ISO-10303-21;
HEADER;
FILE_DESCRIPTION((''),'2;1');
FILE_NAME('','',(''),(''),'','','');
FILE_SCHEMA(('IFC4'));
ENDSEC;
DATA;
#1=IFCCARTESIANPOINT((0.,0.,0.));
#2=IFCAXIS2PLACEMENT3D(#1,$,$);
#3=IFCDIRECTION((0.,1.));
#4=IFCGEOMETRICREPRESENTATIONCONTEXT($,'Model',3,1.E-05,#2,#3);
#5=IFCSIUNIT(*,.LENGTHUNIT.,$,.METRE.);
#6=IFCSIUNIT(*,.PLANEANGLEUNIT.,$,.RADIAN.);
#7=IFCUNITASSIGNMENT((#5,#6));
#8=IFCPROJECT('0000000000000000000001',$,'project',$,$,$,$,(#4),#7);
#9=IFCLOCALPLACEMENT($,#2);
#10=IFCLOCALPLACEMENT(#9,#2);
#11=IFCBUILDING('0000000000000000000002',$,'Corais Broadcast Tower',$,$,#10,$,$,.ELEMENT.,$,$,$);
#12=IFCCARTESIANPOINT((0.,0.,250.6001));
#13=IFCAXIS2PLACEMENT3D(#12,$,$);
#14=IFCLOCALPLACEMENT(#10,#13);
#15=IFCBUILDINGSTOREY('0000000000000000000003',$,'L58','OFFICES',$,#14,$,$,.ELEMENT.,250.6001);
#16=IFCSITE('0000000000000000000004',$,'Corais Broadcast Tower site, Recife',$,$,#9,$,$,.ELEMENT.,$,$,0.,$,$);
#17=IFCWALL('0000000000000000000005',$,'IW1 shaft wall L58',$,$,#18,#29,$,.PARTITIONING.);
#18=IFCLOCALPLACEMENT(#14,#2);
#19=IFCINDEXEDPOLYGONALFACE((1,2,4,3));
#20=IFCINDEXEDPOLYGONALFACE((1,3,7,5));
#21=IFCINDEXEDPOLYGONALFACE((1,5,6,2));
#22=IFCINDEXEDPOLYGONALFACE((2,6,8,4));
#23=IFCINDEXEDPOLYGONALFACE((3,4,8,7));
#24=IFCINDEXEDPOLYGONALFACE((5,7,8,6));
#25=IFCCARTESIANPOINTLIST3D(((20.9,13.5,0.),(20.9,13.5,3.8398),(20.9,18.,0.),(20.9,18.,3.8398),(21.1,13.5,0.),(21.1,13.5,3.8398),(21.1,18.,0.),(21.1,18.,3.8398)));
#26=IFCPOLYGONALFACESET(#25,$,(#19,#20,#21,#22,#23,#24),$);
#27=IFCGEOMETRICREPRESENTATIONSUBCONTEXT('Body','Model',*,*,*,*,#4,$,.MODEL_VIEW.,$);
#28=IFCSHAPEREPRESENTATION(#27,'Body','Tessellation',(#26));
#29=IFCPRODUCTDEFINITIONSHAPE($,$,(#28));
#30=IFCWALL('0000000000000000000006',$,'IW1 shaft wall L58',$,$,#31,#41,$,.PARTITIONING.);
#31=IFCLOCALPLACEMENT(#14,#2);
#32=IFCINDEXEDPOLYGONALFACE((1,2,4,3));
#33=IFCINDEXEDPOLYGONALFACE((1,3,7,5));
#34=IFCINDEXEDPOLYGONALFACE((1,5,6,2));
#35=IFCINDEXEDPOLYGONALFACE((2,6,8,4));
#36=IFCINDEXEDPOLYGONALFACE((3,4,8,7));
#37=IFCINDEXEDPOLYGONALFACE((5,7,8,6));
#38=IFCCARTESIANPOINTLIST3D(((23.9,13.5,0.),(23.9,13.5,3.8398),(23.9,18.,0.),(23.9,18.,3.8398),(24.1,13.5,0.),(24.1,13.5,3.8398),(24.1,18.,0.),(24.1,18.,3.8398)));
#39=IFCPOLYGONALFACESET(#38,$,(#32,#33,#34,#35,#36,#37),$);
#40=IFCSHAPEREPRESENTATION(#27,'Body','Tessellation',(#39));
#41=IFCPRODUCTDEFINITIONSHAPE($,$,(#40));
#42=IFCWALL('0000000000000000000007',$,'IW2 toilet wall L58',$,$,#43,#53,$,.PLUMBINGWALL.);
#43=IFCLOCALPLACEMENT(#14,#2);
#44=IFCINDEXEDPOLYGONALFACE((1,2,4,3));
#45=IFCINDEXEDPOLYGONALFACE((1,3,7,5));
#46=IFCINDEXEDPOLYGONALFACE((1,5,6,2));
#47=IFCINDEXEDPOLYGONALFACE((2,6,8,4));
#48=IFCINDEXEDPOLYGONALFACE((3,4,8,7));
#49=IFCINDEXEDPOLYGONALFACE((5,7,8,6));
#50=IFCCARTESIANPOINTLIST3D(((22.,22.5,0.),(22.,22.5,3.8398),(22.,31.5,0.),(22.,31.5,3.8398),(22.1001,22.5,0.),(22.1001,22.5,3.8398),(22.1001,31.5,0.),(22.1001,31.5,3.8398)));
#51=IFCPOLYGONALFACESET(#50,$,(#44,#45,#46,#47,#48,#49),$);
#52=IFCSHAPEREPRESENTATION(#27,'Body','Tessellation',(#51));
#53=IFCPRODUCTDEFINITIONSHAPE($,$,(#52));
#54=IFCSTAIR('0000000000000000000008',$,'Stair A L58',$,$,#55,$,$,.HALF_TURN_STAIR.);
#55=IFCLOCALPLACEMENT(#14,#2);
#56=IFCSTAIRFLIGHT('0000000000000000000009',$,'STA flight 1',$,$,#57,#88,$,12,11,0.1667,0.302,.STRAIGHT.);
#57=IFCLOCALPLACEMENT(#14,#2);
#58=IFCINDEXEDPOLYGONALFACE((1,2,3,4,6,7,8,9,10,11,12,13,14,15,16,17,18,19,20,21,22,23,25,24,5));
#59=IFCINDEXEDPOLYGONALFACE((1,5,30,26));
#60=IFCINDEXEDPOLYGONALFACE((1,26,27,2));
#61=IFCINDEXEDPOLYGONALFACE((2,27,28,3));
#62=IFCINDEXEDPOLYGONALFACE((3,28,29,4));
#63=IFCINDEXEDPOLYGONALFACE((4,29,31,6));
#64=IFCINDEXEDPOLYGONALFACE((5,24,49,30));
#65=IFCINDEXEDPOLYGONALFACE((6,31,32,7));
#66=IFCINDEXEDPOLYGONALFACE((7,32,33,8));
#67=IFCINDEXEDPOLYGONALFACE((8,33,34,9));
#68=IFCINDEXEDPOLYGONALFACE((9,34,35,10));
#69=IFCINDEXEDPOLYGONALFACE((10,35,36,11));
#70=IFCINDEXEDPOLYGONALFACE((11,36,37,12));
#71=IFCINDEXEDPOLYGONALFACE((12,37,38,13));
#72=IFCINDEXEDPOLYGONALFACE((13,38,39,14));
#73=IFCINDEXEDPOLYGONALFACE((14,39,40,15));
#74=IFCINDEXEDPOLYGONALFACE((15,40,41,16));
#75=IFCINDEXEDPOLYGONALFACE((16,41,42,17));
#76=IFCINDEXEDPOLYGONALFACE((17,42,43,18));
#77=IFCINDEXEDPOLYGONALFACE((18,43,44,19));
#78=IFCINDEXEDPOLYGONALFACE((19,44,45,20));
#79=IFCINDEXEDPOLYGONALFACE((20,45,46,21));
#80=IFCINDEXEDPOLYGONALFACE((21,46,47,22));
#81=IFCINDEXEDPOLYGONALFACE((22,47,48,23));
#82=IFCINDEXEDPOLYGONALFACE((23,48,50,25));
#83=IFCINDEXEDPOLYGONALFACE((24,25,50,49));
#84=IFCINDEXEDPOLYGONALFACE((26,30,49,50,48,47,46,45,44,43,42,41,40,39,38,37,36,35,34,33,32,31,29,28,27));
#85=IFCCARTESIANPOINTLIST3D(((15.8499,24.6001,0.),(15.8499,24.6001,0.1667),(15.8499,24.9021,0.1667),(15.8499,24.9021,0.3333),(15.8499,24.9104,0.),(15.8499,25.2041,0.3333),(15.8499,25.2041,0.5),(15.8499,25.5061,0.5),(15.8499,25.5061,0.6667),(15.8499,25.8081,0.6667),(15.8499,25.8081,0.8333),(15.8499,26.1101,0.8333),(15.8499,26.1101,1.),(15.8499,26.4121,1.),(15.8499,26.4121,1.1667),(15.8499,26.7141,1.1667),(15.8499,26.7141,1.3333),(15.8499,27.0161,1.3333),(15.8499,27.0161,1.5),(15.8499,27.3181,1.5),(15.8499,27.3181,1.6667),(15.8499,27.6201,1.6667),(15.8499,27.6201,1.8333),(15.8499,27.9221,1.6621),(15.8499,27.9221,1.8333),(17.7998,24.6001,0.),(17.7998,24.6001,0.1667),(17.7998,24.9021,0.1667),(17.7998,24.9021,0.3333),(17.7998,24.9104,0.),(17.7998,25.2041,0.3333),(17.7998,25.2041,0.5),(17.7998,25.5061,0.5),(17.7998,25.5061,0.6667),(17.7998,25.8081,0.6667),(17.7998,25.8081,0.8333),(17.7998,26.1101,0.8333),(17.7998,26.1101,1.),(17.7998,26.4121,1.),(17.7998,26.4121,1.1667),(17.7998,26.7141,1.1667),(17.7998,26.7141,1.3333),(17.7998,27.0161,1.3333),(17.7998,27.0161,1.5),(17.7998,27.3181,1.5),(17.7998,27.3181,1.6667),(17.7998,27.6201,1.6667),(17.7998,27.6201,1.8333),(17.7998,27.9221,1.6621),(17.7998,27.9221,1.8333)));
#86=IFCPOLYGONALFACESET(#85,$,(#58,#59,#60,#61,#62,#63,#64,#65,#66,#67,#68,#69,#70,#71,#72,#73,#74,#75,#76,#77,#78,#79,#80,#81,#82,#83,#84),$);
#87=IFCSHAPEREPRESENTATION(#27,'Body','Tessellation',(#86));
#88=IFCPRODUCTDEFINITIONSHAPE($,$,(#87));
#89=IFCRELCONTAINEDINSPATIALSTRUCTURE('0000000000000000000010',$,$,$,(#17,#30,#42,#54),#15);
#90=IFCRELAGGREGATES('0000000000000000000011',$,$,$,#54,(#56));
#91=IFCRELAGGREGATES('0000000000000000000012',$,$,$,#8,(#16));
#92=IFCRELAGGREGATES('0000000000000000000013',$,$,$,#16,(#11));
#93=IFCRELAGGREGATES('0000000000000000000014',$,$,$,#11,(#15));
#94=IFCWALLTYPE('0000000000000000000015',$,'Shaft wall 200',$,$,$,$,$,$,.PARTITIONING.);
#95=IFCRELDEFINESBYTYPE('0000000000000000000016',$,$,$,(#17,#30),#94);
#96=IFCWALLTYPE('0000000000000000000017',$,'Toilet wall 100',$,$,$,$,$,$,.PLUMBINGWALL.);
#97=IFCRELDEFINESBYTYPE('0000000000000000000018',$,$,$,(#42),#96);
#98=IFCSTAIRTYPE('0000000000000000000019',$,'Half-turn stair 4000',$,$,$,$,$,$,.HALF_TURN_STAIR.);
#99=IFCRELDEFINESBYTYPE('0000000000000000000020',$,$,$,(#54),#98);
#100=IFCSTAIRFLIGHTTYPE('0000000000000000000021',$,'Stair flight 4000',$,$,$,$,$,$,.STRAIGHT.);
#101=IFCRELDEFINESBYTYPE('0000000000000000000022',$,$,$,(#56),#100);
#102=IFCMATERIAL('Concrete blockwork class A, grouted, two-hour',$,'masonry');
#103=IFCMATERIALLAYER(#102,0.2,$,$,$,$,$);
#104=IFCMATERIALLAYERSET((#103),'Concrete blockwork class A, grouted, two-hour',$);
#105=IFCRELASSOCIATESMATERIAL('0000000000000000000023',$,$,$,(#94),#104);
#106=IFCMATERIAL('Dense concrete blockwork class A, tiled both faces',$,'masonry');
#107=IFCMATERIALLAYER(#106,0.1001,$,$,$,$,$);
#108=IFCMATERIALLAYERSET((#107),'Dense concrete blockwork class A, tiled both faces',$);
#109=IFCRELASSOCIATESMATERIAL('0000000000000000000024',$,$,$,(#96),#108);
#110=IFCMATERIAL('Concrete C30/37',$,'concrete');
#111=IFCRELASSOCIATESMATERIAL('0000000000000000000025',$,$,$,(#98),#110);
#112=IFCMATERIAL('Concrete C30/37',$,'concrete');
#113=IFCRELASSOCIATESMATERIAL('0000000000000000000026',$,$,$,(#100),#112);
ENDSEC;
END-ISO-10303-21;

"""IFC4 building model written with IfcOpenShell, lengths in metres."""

from ifc_helpers import new_model, si_unit, direction, frame, frame_2d, origin, place, context, subcontext, project, spatial, polyline, rectangle, outline, extrude, material, layer, layer_set, type_object, element, aggregate, save


model = new_model("IFC4")

# Units and contexts
model_context = context("Model", 3, precision=1e-05, world=origin(), true_north=direction((0.0, 1.0)))
body_context = subcontext(model_context, "Body", "Model", "MODEL_VIEW")
ifc_project = project(units=[si_unit("LENGTHUNIT", "METRE"), si_unit("PLANEANGLEUNIT", "RADIAN")], contexts=[model_context])

# Site, building, storey
site_placement = place(None, origin())
site = spatial("IfcSite", under=ifc_project, at=site_placement, Name="Corais Broadcast Tower site, Recife", CompositionType="ELEMENT", RefElevation=0.0)
building_placement = place(site_placement, origin())
building = spatial("IfcBuilding", under=site, at=building_placement, Name="Corais Broadcast Tower", CompositionType="ELEMENT")
storey_placement = place(building_placement, frame((0.0, 0.0, 250.6001)))
storey = spatial("IfcBuildingStorey", under=building, at=storey_placement, Name="L58", Description="OFFICES", CompositionType="ELEMENT", Elevation=250.6001)

# Walls
ifc_material_1 = material(Name="Concrete blockwork class A, grouted, two-hour", Category="masonry")
ifc_layer_1 = layer(ifc_material_1, 0.2)
ifc_layer_set_1 = layer_set([ifc_layer_1], Name="Concrete blockwork class A, grouted, two-hour")
wall_type_1 = type_object("IfcWallType", Name="Shaft wall 200", PredefinedType="PARTITIONING", material=ifc_layer_set_1)
for number, where, z_axis, x_axis, name in (
    (1, (21.0, 13.5, 0.0), (0.0, 0.0, 1.0), (0.0, 1.0, 0.0), "IW1 shaft wall L58"),
    (2, (24.0, 13.5, 0.0), (0.0, 0.0, 1.0), (0.0, 1.0, 0.0), "IW1 shaft wall L58"),
):
    element("IfcWall", number, at=place(storey_placement, frame(where, z_axis=z_axis, x_axis=x_axis)), inside=storey, type_object=wall_type_1, Name=name, PredefinedType="PARTITIONING", context=body_context, shape_type="SweptSolid", body=[
        extrude(rectangle(XDim=4.5, YDim=0.2, at=frame_2d((2.25, 0.0))), origin(), (0.0, 0.0, 1.0), 3.8398),
    ])
ifc_material_2 = material(Name="Dense concrete blockwork class A, tiled both faces", Category="masonry")
ifc_layer_2 = layer(ifc_material_2, 0.1001)
ifc_layer_set_2 = layer_set([ifc_layer_2], Name="Dense concrete blockwork class A, tiled both faces")
wall_type_2 = type_object("IfcWallType", Name="Toilet wall 100", PredefinedType="PLUMBINGWALL", material=ifc_layer_set_2)
wall_1_placement = place(storey_placement, frame((22.05, 22.5, 0.0), z_axis=(0.0, 0.0, 1.0), x_axis=(0.0, 1.0, 0.0)))
element("IfcWall", 3, at=wall_1_placement, inside=storey, type_object=wall_type_2, Name="IW2 toilet wall L58", PredefinedType="PLUMBINGWALL", context=body_context, shape_type="SweptSolid", body=[
    extrude(rectangle(XDim=9.0, YDim=0.1001, at=frame_2d((4.5, 0.0))), origin(), (0.0, 0.0, 1.0), 3.8398),
])

# Stair, stair flight
ifc_material_3 = material(Name="Concrete C30/37", Category="concrete")
stair_type = type_object("IfcStairType", Name="Half-turn stair 4000", PredefinedType="HALF_TURN_STAIR", material=ifc_material_3)
stair_placement = place(storey_placement, origin())
stair = element("IfcStair", 4, at=stair_placement, inside=storey, type_object=stair_type, Name="Stair A L58", PredefinedType="HALF_TURN_STAIR")
ifc_material_4 = material(Name="Concrete C30/37", Category="concrete")
stair_flight_type = type_object("IfcStairFlightType", Name="Stair flight 4000", PredefinedType="STRAIGHT", material=ifc_material_4)
stair_flight_placement = place(storey_placement, frame((16.825, 24.6001, 0.0), z_axis=(0.0, 0.0, 1.0), x_axis=(0.0, 1.0, 0.0)))
stair_flight = element("IfcStairFlight", 5, at=stair_flight_placement, type_object=stair_flight_type, Name="STA flight 1", NumberOfRisers=12, NumberOfTreads=11, PredefinedType="STRAIGHT", RiserHeight=0.1667, TreadLength=0.302, context=body_context, shape_type="SweptSolid", body=[
    extrude(outline(polyline([(0.0, 0.0), (0.0, 0.1667), (0.302, 0.1667), (0.302, 0.3333), (0.604, 0.3333), (0.604, 0.5), (0.906, 0.5), (0.906, 0.6667), (1.208, 0.6667), (1.208, 0.8333), (1.51, 0.8333), (1.51, 1.0), (1.812, 1.0), (1.812, 1.1667), (2.114, 1.1667), (2.114, 1.3333), (2.416, 1.3333), (2.416, 1.5), (2.718, 1.5), (2.718, 1.6667), (3.02, 1.6667), (3.02, 1.8333), (3.322, 1.8333), (3.322, 2.0), (3.322, 1.6621), (0.3103, 0.0), (0.0, 0.0)])), frame((0.0, 0.9751, 0.0), z_axis=(0.0, -1.0, 0.0), x_axis=(1.0, 0.0, 0.0)), (0.0, 0.0, 1.0), 1.95),
])
aggregate(stair, [stair_flight])

save(model, "model.ifc")
